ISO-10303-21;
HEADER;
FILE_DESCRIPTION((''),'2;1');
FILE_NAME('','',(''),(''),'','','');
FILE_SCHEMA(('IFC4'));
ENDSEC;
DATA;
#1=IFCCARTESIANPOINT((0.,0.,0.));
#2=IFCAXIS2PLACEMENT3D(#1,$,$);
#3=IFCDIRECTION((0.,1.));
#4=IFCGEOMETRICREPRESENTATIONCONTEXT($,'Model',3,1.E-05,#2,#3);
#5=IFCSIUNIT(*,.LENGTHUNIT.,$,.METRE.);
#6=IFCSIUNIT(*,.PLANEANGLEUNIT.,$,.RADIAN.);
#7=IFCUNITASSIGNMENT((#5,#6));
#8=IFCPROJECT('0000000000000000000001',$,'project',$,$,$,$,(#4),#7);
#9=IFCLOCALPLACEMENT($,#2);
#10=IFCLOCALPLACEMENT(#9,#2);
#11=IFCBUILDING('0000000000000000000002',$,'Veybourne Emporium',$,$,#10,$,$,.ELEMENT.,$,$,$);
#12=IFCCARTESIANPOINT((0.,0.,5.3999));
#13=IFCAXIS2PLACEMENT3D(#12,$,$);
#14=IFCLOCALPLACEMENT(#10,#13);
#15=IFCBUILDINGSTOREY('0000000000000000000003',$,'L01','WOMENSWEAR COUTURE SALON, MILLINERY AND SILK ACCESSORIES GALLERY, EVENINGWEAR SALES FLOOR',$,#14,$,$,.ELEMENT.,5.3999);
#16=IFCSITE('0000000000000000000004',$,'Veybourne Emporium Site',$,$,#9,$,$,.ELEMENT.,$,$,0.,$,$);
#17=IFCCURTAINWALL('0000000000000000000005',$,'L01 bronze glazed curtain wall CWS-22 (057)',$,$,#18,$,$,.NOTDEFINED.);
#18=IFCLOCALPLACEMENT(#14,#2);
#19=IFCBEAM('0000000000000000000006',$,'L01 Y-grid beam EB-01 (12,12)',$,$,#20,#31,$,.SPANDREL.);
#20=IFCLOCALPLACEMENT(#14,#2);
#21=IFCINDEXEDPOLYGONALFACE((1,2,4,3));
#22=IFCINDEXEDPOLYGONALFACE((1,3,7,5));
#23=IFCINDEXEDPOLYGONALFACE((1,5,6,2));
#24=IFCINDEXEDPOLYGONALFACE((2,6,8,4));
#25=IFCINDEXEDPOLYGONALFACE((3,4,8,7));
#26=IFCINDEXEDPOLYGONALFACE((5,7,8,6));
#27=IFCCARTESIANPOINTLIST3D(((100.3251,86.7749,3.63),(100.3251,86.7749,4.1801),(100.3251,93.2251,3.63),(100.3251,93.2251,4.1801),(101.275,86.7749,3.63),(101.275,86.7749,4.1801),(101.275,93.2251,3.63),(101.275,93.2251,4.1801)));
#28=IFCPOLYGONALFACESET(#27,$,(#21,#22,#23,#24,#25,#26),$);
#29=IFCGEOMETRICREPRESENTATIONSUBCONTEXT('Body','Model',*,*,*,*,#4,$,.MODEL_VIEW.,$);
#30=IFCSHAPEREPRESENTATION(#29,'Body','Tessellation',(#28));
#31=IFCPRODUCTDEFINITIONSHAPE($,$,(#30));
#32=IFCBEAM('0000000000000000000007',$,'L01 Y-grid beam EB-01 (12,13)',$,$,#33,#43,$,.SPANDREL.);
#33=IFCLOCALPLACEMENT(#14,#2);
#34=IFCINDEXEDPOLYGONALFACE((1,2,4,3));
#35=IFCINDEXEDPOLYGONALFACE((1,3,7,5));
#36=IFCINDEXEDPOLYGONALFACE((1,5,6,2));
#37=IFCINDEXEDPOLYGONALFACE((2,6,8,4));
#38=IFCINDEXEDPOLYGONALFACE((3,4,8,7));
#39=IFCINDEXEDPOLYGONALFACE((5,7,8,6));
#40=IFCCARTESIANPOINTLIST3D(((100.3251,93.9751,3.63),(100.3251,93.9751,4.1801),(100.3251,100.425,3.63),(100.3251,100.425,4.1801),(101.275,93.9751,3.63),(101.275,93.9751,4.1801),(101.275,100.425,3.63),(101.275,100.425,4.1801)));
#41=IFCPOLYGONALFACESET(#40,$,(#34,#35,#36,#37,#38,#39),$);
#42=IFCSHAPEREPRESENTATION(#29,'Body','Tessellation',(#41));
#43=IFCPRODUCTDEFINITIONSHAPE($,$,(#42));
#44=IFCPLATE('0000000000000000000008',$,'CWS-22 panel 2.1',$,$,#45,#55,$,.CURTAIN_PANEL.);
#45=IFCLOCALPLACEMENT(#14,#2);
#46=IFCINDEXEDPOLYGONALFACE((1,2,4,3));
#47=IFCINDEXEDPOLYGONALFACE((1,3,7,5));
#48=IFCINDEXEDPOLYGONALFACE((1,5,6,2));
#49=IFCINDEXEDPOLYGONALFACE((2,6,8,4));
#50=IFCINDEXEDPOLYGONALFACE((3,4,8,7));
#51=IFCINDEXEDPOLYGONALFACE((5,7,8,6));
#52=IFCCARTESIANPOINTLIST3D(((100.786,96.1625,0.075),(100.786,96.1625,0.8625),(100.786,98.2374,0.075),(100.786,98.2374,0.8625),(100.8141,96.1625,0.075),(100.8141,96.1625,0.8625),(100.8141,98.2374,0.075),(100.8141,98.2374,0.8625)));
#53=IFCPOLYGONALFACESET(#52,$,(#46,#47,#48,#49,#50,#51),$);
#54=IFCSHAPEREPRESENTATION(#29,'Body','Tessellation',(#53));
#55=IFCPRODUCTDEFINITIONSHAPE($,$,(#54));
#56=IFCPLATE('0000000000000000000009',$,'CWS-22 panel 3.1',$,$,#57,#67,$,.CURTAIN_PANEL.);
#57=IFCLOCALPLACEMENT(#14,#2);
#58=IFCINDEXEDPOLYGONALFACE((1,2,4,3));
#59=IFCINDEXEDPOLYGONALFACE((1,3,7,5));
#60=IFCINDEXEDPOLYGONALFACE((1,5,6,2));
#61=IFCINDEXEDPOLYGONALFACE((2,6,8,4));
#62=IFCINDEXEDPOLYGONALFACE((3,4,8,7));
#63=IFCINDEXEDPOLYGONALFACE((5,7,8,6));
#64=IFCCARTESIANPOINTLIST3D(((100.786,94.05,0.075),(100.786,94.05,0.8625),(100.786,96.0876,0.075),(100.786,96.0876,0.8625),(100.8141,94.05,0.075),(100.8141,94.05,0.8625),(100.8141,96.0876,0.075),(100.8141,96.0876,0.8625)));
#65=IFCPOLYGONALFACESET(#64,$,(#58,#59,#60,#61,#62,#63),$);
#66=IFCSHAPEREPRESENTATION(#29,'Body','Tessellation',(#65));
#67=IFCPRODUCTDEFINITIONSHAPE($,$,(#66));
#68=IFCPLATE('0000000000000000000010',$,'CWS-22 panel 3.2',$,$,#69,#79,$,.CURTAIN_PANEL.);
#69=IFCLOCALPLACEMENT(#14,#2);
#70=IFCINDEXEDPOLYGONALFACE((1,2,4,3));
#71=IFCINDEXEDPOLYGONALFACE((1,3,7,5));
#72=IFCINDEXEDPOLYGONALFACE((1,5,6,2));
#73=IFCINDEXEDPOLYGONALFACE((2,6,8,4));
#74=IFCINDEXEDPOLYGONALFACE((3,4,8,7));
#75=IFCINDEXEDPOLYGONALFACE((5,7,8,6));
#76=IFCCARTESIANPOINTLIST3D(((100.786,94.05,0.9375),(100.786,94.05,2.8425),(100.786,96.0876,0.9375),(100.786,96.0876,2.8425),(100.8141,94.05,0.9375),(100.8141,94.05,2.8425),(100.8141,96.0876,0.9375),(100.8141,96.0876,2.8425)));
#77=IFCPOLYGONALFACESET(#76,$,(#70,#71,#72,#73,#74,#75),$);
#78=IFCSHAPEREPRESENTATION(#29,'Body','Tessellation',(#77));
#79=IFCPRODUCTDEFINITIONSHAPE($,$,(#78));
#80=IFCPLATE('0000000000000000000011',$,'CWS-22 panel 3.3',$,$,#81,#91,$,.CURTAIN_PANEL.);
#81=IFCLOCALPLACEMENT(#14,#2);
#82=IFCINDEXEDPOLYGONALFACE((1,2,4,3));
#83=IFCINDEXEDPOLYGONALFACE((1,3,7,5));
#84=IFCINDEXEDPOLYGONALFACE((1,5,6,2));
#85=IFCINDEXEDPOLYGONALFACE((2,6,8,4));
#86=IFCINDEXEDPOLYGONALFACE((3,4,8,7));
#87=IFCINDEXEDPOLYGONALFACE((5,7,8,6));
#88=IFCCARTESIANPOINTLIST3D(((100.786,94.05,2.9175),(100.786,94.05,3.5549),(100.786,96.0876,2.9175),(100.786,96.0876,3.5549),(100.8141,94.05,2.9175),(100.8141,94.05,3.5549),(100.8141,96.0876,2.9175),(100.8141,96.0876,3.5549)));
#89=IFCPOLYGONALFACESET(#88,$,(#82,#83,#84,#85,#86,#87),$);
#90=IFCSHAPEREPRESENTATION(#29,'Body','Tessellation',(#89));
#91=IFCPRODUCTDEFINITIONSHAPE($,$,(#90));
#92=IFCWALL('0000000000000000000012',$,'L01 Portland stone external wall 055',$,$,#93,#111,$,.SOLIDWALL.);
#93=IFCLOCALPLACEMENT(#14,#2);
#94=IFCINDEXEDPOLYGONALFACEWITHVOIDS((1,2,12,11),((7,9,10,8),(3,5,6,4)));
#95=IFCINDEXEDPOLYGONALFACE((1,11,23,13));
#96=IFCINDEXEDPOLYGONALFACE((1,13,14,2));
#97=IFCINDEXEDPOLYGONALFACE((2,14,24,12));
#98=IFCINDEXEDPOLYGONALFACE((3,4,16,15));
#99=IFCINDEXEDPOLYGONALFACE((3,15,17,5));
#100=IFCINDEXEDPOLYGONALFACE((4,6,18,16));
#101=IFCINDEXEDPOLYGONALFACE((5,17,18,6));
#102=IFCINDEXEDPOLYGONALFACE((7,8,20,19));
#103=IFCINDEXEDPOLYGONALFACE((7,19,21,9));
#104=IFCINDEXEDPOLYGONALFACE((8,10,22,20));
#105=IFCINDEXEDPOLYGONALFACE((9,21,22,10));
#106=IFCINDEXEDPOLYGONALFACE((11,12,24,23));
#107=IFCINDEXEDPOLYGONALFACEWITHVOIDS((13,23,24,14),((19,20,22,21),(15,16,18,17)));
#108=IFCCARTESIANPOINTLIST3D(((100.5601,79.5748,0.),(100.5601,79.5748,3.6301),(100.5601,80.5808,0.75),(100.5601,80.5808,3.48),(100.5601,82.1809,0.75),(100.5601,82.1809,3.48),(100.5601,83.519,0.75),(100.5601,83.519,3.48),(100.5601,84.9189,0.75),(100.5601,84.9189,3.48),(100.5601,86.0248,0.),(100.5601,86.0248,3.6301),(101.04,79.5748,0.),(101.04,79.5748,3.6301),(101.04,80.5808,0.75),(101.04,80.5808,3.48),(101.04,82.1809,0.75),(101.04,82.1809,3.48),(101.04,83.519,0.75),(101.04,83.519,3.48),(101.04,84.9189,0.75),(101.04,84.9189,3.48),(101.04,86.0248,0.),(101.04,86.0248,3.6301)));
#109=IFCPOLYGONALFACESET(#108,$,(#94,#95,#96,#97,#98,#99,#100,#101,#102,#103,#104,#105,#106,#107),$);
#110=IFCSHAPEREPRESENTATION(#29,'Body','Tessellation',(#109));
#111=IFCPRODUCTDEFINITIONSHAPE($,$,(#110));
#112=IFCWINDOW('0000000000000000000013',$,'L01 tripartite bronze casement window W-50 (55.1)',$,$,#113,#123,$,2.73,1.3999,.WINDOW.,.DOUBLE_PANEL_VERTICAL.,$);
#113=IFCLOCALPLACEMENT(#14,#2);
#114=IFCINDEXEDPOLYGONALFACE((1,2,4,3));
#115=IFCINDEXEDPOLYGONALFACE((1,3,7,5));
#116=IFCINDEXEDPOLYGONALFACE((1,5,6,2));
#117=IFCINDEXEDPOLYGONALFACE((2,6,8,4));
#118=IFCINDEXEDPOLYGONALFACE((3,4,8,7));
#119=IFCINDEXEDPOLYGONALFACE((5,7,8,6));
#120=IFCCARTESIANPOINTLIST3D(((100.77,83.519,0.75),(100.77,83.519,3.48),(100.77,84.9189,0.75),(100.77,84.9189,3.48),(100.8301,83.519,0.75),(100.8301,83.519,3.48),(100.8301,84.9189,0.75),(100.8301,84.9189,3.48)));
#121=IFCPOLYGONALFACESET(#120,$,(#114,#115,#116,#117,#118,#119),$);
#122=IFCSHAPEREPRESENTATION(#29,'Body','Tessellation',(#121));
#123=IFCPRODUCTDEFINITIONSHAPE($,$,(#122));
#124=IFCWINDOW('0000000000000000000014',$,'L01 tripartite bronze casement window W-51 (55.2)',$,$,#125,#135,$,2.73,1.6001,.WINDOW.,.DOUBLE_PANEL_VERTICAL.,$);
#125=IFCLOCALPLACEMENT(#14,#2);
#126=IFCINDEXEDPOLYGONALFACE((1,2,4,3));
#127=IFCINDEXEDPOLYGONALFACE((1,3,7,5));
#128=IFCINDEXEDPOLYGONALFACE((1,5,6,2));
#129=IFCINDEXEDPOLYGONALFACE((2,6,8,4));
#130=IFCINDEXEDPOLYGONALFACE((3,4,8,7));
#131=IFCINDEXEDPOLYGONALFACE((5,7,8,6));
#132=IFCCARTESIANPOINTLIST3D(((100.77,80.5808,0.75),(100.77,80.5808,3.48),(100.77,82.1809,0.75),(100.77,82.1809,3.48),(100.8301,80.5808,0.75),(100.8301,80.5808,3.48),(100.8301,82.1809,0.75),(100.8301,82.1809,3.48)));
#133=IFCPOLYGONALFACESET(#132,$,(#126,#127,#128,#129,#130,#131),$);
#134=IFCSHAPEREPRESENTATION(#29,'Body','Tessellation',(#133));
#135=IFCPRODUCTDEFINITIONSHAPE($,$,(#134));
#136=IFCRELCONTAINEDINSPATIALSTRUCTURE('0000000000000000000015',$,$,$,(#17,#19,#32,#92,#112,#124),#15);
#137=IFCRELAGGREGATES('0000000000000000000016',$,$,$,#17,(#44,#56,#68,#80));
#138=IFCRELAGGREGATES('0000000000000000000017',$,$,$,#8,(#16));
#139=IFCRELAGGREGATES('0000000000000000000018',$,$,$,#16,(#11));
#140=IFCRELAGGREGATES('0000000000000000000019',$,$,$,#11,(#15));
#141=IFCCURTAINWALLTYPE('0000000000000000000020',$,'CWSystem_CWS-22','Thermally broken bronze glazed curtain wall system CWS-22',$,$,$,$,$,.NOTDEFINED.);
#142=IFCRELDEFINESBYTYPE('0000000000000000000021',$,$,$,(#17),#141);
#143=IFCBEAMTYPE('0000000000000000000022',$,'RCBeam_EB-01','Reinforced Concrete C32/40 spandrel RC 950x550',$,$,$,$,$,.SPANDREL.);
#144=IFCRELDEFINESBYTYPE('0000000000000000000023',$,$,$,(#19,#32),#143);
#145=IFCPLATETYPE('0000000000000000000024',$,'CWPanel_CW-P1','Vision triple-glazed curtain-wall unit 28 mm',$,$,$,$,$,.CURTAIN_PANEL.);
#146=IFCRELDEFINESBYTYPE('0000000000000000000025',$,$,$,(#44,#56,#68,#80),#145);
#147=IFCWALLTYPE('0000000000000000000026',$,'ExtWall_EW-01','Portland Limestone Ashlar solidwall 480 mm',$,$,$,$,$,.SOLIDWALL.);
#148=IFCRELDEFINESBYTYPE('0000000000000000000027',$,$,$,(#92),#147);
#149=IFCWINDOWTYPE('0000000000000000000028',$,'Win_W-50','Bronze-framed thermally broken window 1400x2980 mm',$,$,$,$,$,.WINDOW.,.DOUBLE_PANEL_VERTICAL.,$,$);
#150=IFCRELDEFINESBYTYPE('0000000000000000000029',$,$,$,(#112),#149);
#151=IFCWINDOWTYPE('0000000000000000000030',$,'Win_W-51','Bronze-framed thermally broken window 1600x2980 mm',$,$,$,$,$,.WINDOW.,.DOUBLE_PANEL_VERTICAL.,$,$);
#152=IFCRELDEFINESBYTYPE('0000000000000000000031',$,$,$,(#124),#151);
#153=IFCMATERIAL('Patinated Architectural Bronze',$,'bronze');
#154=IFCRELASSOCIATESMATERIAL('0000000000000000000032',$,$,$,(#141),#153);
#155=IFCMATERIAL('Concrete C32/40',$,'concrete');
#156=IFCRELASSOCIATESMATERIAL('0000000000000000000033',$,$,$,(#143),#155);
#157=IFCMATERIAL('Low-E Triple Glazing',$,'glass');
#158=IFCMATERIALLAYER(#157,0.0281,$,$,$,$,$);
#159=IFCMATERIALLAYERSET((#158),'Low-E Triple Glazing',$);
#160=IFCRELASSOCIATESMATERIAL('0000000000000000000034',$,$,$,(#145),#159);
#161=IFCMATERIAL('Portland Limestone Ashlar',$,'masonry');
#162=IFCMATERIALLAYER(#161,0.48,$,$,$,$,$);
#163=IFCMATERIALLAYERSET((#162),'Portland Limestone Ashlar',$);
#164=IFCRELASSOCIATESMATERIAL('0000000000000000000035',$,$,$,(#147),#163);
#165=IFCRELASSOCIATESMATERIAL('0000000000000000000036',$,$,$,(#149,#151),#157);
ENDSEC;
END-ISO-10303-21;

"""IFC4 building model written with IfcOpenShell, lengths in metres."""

from ifc_helpers import new_model, si_unit, direction, frame, frame_2d, origin, origin_2d, place, context, subcontext, project, spatial, rectangle, extrude, material, layer, layer_set, material_profile, profile_set, type_object, element, fill, aggregate, save


model = new_model("IFC4")

# Units and contexts
model_context = context("Model", 3, precision=1e-05, world=origin(), true_north=direction((0.0, 1.0)))
body_context = subcontext(model_context, "Body", "Model", "MODEL_VIEW")
ifc_project = project(units=[si_unit("LENGTHUNIT", "METRE"), si_unit("PLANEANGLEUNIT", "RADIAN")], contexts=[model_context])

# Site, building, storey
site_placement = place(None, origin())
site = spatial("IfcSite", under=ifc_project, at=site_placement, Name="Veybourne Emporium Site", CompositionType="ELEMENT", RefElevation=0.0)
building_placement = place(site_placement, origin())
building = spatial("IfcBuilding", under=site, at=building_placement, Name="Veybourne Emporium", CompositionType="ELEMENT")
storey_placement = place(building_placement, frame((0.0, 0.0, 5.3999)))
storey = spatial("IfcBuildingStorey", under=building, at=storey_placement, Name="L01", Description="WOMENSWEAR COUTURE SALON, MILLINERY AND SILK ACCESSORIES GALLERY, EVENINGWEAR SALES FLOOR", CompositionType="ELEMENT", Elevation=5.3999)

# Curtain wall
ifc_material_1 = material(Name="Patinated Architectural Bronze", Category="bronze")
curtain_wall_type = type_object("IfcCurtainWallType", Name="CWSystem_CWS-22", Description="Thermally broken bronze glazed curtain wall system CWS-22", PredefinedType="NOTDEFINED", material=ifc_material_1)
curtain_wall_placement = place(storey_placement, origin())
curtain_wall = element("IfcCurtainWall", 1, at=curtain_wall_placement, inside=storey, type_object=curtain_wall_type, Name="L01 bronze glazed curtain wall CWS-22 (057)", PredefinedType="NOTDEFINED")

# Beams
ifc_material_2 = material(Name="Concrete C32/40", Category="concrete")
ifc_material_profile_1 = material_profile(ifc_material_2, rectangle(XDim=0.95, YDim=0.55, at=origin_2d()), Name="RC 950x550")
ifc_profile_set_1 = profile_set([ifc_material_profile_1], Name="Concrete C32/40")
beam_type_1 = type_object("IfcBeamType", Name="RCBeam_EB-01", Description="Reinforced Concrete C32/40 spandrel RC 950x550", PredefinedType="SPANDREL", material=ifc_profile_set_1)
beam_1_placement = place(storey_placement, frame((100.8, 86.7749, 3.905), z_axis=(0.0, 1.0, 0.0), x_axis=(-1.0, 0.0, 0.0)))
element("IfcBeam", 2, at=beam_1_placement, inside=storey, type_object=beam_type_1, Name="L01 Y-grid beam EB-01 (12,12)", PredefinedType="SPANDREL", context=body_context, shape_type="SweptSolid", body=[
    extrude(rectangle(XDim=0.95, YDim=0.55, at=origin_2d()), origin(), (0.0, 0.0, 1.0), 6.4502),
])
beam_2_placement = place(storey_placement, frame((100.8, 93.9751, 3.905), z_axis=(0.0, 1.0, 0.0), x_axis=(-1.0, 0.0, 0.0)))
element("IfcBeam", 3, at=beam_2_placement, inside=storey, type_object=beam_type_1, Name="L01 Y-grid beam EB-01 (12,13)", PredefinedType="SPANDREL", context=body_context, shape_type="SweptSolid", body=[
    extrude(rectangle(XDim=0.95, YDim=0.55, at=origin_2d()), origin(), (0.0, 0.0, 1.0), 6.45),
])

# Plates
ifc_material_3 = material(Name="Low-E Triple Glazing", Category="glass")
ifc_layer_1 = layer(ifc_material_3, 0.0281)
ifc_layer_set_1 = layer_set([ifc_layer_1], Name="Low-E Triple Glazing")
plate_type = type_object("IfcPlateType", Name="CWPanel_CW-P1", Description="Vision triple-glazed curtain-wall unit 28 mm", PredefinedType="CURTAIN_PANEL", material=ifc_layer_set_1)
plate_1_placement = place(storey_placement, frame((100.8, 97.2, 0.075), z_axis=(0.0, 0.0, 1.0), x_axis=(0.0, -1.0, 0.0)))
plate_1 = element("IfcPlate", 4, at=plate_1_placement, type_object=plate_type, Name="CWS-22 panel 2.1", PredefinedType="CURTAIN_PANEL", context=body_context, shape_type="SweptSolid", body=[
    extrude(rectangle(XDim=2.075, YDim=0.0281, at=origin_2d()), origin(), (0.0, 0.0, 1.0), 0.7876),
])
plate_2_placement = place(storey_placement, frame((100.8, 95.0688, 0.075), z_axis=(0.0, 0.0, 1.0), x_axis=(0.0, -1.0, 0.0)))
plate_2 = element("IfcPlate", 5, at=plate_2_placement, type_object=plate_type, Name="CWS-22 panel 3.1", PredefinedType="CURTAIN_PANEL", context=body_context, shape_type="SweptSolid", body=[
    extrude(rectangle(XDim=2.0376, YDim=0.0281, at=origin_2d()), origin(), (0.0, 0.0, 1.0), 0.7876),
])
plate_3_placement = place(storey_placement, frame((100.8, 95.0688, 0.9375), z_axis=(0.0, 0.0, 1.0), x_axis=(0.0, -1.0, 0.0)))
plate_3 = element("IfcPlate", 6, at=plate_3_placement, type_object=plate_type, Name="CWS-22 panel 3.2", PredefinedType="CURTAIN_PANEL", context=body_context, shape_type="SweptSolid", body=[
    extrude(rectangle(XDim=2.0376, YDim=0.0281, at=origin_2d()), origin(), (0.0, 0.0, 1.0), 1.905),
])
plate_4_placement = place(storey_placement, frame((100.8, 95.0688, 2.9175), z_axis=(0.0, 0.0, 1.0), x_axis=(0.0, -1.0, 0.0)))
plate_4 = element("IfcPlate", 7, at=plate_4_placement, type_object=plate_type, Name="CWS-22 panel 3.3", PredefinedType="CURTAIN_PANEL", context=body_context, shape_type="SweptSolid", body=[
    extrude(rectangle(XDim=2.0376, YDim=0.0281, at=origin_2d()), origin(), (0.0, 0.0, 1.0), 0.6375),
])
aggregate(curtain_wall, [plate_1, plate_2, plate_3, plate_4])

# Wall, openings, windows
ifc_material_4 = material(Name="Portland Limestone Ashlar", Category="masonry")
ifc_layer_2 = layer(ifc_material_4, 0.48)
ifc_layer_set_2 = layer_set([ifc_layer_2], Name="Portland Limestone Ashlar")
wall_type = type_object("IfcWallType", Name="ExtWall_EW-01", Description="Portland Limestone Ashlar solidwall 480 mm", PredefinedType="SOLIDWALL", material=ifc_layer_set_2)
wall_1_placement = place(storey_placement, frame((100.8, 86.0249, 0.0), z_axis=(0.0, 0.0, 1.0), x_axis=(0.0, -1.0, 0.0)))
wall_1 = element("IfcWall", 8, at=wall_1_placement, inside=storey, type_object=wall_type, Name="L01 Portland stone external wall 055", PredefinedType="SOLIDWALL", context=body_context, shape_type="SweptSolid", body=[
    extrude(rectangle(XDim=6.45, YDim=0.48, at=frame_2d((3.2251, 0.0))), origin(), (0.0, 0.0, 1.0), 3.6301),
])
opening_1_placement = place(wall_1_placement, frame((1.106, 0.0, 0.75)))
opening_1 = element("IfcOpeningElement", 9, at=opening_1_placement, cuts=wall_1, PredefinedType="OPENING", context=body_context, shape_type="SweptSolid", body=[
    extrude(rectangle(XDim=1.3999, YDim=2.73, at=frame_2d((0.7, 1.365))), frame((0.0, 0.26, 0.0), z_axis=(0.0, -1.0, 0.0), x_axis=(1.0, 0.0, 0.0)), (0.0, 0.0, 1.0), 0.52),
])
opening_2_placement = place(wall_1_placement, frame((3.844, 0.0, 0.75)))
opening_2 = element("IfcOpeningElement", 10, at=opening_2_placement, cuts=wall_1, PredefinedType="OPENING", context=body_context, shape_type="SweptSolid", body=[
    extrude(rectangle(XDim=1.6001, YDim=2.73, at=frame_2d((0.8, 1.365))), frame((0.0, 0.26, 0.0), z_axis=(0.0, -1.0, 0.0), x_axis=(1.0, 0.0, 0.0)), (0.0, 0.0, 1.0), 0.52),
])
window_type_1 = type_object("IfcWindowType", Name="Win_W-50", Description="Bronze-framed thermally broken window 1400x2980 mm", PartitioningType="DOUBLE_PANEL_VERTICAL", PredefinedType="WINDOW", material=ifc_material_3)
window_1_placement = place(opening_1_placement, origin())
window_1 = element("IfcWindow", 11, at=window_1_placement, inside=storey, type_object=window_type_1, Name="L01 tripartite bronze casement window W-50 (55.1)", OverallHeight=2.73, OverallWidth=1.3999, PartitioningType="DOUBLE_PANEL_VERTICAL", PredefinedType="WINDOW", context=body_context, shape_type="SweptSolid", body=[
    extrude(rectangle(XDim=1.3999, YDim=2.73, at=frame_2d((0.7, 1.365))), frame((0.0, 0.03, 0.0), z_axis=(0.0, -1.0, 0.0), x_axis=(1.0, 0.0, 0.0)), (0.0, 0.0, 1.0), 0.0601),
])
fill(opening_1, window_1)
window_type_2 = type_object("IfcWindowType", Name="Win_W-51", Description="Bronze-framed thermally broken window 1600x2980 mm", PartitioningType="DOUBLE_PANEL_VERTICAL", PredefinedType="WINDOW", material=ifc_material_3)
window_2_placement = place(opening_2_placement, origin())
window_2 = element("IfcWindow", 12, at=window_2_placement, inside=storey, type_object=window_type_2, Name="L01 tripartite bronze casement window W-51 (55.2)", OverallHeight=2.73, OverallWidth=1.6001, PartitioningType="DOUBLE_PANEL_VERTICAL", PredefinedType="WINDOW", context=body_context, shape_type="SweptSolid", body=[
    extrude(rectangle(XDim=1.6001, YDim=2.73, at=frame_2d((0.8, 1.365))), frame((0.0, 0.03, 0.0), z_axis=(0.0, -1.0, 0.0), x_axis=(1.0, 0.0, 0.0)), (0.0, 0.0, 1.0), 0.0601),
])
fill(opening_2, window_2)

save(model, "model.ifc")
